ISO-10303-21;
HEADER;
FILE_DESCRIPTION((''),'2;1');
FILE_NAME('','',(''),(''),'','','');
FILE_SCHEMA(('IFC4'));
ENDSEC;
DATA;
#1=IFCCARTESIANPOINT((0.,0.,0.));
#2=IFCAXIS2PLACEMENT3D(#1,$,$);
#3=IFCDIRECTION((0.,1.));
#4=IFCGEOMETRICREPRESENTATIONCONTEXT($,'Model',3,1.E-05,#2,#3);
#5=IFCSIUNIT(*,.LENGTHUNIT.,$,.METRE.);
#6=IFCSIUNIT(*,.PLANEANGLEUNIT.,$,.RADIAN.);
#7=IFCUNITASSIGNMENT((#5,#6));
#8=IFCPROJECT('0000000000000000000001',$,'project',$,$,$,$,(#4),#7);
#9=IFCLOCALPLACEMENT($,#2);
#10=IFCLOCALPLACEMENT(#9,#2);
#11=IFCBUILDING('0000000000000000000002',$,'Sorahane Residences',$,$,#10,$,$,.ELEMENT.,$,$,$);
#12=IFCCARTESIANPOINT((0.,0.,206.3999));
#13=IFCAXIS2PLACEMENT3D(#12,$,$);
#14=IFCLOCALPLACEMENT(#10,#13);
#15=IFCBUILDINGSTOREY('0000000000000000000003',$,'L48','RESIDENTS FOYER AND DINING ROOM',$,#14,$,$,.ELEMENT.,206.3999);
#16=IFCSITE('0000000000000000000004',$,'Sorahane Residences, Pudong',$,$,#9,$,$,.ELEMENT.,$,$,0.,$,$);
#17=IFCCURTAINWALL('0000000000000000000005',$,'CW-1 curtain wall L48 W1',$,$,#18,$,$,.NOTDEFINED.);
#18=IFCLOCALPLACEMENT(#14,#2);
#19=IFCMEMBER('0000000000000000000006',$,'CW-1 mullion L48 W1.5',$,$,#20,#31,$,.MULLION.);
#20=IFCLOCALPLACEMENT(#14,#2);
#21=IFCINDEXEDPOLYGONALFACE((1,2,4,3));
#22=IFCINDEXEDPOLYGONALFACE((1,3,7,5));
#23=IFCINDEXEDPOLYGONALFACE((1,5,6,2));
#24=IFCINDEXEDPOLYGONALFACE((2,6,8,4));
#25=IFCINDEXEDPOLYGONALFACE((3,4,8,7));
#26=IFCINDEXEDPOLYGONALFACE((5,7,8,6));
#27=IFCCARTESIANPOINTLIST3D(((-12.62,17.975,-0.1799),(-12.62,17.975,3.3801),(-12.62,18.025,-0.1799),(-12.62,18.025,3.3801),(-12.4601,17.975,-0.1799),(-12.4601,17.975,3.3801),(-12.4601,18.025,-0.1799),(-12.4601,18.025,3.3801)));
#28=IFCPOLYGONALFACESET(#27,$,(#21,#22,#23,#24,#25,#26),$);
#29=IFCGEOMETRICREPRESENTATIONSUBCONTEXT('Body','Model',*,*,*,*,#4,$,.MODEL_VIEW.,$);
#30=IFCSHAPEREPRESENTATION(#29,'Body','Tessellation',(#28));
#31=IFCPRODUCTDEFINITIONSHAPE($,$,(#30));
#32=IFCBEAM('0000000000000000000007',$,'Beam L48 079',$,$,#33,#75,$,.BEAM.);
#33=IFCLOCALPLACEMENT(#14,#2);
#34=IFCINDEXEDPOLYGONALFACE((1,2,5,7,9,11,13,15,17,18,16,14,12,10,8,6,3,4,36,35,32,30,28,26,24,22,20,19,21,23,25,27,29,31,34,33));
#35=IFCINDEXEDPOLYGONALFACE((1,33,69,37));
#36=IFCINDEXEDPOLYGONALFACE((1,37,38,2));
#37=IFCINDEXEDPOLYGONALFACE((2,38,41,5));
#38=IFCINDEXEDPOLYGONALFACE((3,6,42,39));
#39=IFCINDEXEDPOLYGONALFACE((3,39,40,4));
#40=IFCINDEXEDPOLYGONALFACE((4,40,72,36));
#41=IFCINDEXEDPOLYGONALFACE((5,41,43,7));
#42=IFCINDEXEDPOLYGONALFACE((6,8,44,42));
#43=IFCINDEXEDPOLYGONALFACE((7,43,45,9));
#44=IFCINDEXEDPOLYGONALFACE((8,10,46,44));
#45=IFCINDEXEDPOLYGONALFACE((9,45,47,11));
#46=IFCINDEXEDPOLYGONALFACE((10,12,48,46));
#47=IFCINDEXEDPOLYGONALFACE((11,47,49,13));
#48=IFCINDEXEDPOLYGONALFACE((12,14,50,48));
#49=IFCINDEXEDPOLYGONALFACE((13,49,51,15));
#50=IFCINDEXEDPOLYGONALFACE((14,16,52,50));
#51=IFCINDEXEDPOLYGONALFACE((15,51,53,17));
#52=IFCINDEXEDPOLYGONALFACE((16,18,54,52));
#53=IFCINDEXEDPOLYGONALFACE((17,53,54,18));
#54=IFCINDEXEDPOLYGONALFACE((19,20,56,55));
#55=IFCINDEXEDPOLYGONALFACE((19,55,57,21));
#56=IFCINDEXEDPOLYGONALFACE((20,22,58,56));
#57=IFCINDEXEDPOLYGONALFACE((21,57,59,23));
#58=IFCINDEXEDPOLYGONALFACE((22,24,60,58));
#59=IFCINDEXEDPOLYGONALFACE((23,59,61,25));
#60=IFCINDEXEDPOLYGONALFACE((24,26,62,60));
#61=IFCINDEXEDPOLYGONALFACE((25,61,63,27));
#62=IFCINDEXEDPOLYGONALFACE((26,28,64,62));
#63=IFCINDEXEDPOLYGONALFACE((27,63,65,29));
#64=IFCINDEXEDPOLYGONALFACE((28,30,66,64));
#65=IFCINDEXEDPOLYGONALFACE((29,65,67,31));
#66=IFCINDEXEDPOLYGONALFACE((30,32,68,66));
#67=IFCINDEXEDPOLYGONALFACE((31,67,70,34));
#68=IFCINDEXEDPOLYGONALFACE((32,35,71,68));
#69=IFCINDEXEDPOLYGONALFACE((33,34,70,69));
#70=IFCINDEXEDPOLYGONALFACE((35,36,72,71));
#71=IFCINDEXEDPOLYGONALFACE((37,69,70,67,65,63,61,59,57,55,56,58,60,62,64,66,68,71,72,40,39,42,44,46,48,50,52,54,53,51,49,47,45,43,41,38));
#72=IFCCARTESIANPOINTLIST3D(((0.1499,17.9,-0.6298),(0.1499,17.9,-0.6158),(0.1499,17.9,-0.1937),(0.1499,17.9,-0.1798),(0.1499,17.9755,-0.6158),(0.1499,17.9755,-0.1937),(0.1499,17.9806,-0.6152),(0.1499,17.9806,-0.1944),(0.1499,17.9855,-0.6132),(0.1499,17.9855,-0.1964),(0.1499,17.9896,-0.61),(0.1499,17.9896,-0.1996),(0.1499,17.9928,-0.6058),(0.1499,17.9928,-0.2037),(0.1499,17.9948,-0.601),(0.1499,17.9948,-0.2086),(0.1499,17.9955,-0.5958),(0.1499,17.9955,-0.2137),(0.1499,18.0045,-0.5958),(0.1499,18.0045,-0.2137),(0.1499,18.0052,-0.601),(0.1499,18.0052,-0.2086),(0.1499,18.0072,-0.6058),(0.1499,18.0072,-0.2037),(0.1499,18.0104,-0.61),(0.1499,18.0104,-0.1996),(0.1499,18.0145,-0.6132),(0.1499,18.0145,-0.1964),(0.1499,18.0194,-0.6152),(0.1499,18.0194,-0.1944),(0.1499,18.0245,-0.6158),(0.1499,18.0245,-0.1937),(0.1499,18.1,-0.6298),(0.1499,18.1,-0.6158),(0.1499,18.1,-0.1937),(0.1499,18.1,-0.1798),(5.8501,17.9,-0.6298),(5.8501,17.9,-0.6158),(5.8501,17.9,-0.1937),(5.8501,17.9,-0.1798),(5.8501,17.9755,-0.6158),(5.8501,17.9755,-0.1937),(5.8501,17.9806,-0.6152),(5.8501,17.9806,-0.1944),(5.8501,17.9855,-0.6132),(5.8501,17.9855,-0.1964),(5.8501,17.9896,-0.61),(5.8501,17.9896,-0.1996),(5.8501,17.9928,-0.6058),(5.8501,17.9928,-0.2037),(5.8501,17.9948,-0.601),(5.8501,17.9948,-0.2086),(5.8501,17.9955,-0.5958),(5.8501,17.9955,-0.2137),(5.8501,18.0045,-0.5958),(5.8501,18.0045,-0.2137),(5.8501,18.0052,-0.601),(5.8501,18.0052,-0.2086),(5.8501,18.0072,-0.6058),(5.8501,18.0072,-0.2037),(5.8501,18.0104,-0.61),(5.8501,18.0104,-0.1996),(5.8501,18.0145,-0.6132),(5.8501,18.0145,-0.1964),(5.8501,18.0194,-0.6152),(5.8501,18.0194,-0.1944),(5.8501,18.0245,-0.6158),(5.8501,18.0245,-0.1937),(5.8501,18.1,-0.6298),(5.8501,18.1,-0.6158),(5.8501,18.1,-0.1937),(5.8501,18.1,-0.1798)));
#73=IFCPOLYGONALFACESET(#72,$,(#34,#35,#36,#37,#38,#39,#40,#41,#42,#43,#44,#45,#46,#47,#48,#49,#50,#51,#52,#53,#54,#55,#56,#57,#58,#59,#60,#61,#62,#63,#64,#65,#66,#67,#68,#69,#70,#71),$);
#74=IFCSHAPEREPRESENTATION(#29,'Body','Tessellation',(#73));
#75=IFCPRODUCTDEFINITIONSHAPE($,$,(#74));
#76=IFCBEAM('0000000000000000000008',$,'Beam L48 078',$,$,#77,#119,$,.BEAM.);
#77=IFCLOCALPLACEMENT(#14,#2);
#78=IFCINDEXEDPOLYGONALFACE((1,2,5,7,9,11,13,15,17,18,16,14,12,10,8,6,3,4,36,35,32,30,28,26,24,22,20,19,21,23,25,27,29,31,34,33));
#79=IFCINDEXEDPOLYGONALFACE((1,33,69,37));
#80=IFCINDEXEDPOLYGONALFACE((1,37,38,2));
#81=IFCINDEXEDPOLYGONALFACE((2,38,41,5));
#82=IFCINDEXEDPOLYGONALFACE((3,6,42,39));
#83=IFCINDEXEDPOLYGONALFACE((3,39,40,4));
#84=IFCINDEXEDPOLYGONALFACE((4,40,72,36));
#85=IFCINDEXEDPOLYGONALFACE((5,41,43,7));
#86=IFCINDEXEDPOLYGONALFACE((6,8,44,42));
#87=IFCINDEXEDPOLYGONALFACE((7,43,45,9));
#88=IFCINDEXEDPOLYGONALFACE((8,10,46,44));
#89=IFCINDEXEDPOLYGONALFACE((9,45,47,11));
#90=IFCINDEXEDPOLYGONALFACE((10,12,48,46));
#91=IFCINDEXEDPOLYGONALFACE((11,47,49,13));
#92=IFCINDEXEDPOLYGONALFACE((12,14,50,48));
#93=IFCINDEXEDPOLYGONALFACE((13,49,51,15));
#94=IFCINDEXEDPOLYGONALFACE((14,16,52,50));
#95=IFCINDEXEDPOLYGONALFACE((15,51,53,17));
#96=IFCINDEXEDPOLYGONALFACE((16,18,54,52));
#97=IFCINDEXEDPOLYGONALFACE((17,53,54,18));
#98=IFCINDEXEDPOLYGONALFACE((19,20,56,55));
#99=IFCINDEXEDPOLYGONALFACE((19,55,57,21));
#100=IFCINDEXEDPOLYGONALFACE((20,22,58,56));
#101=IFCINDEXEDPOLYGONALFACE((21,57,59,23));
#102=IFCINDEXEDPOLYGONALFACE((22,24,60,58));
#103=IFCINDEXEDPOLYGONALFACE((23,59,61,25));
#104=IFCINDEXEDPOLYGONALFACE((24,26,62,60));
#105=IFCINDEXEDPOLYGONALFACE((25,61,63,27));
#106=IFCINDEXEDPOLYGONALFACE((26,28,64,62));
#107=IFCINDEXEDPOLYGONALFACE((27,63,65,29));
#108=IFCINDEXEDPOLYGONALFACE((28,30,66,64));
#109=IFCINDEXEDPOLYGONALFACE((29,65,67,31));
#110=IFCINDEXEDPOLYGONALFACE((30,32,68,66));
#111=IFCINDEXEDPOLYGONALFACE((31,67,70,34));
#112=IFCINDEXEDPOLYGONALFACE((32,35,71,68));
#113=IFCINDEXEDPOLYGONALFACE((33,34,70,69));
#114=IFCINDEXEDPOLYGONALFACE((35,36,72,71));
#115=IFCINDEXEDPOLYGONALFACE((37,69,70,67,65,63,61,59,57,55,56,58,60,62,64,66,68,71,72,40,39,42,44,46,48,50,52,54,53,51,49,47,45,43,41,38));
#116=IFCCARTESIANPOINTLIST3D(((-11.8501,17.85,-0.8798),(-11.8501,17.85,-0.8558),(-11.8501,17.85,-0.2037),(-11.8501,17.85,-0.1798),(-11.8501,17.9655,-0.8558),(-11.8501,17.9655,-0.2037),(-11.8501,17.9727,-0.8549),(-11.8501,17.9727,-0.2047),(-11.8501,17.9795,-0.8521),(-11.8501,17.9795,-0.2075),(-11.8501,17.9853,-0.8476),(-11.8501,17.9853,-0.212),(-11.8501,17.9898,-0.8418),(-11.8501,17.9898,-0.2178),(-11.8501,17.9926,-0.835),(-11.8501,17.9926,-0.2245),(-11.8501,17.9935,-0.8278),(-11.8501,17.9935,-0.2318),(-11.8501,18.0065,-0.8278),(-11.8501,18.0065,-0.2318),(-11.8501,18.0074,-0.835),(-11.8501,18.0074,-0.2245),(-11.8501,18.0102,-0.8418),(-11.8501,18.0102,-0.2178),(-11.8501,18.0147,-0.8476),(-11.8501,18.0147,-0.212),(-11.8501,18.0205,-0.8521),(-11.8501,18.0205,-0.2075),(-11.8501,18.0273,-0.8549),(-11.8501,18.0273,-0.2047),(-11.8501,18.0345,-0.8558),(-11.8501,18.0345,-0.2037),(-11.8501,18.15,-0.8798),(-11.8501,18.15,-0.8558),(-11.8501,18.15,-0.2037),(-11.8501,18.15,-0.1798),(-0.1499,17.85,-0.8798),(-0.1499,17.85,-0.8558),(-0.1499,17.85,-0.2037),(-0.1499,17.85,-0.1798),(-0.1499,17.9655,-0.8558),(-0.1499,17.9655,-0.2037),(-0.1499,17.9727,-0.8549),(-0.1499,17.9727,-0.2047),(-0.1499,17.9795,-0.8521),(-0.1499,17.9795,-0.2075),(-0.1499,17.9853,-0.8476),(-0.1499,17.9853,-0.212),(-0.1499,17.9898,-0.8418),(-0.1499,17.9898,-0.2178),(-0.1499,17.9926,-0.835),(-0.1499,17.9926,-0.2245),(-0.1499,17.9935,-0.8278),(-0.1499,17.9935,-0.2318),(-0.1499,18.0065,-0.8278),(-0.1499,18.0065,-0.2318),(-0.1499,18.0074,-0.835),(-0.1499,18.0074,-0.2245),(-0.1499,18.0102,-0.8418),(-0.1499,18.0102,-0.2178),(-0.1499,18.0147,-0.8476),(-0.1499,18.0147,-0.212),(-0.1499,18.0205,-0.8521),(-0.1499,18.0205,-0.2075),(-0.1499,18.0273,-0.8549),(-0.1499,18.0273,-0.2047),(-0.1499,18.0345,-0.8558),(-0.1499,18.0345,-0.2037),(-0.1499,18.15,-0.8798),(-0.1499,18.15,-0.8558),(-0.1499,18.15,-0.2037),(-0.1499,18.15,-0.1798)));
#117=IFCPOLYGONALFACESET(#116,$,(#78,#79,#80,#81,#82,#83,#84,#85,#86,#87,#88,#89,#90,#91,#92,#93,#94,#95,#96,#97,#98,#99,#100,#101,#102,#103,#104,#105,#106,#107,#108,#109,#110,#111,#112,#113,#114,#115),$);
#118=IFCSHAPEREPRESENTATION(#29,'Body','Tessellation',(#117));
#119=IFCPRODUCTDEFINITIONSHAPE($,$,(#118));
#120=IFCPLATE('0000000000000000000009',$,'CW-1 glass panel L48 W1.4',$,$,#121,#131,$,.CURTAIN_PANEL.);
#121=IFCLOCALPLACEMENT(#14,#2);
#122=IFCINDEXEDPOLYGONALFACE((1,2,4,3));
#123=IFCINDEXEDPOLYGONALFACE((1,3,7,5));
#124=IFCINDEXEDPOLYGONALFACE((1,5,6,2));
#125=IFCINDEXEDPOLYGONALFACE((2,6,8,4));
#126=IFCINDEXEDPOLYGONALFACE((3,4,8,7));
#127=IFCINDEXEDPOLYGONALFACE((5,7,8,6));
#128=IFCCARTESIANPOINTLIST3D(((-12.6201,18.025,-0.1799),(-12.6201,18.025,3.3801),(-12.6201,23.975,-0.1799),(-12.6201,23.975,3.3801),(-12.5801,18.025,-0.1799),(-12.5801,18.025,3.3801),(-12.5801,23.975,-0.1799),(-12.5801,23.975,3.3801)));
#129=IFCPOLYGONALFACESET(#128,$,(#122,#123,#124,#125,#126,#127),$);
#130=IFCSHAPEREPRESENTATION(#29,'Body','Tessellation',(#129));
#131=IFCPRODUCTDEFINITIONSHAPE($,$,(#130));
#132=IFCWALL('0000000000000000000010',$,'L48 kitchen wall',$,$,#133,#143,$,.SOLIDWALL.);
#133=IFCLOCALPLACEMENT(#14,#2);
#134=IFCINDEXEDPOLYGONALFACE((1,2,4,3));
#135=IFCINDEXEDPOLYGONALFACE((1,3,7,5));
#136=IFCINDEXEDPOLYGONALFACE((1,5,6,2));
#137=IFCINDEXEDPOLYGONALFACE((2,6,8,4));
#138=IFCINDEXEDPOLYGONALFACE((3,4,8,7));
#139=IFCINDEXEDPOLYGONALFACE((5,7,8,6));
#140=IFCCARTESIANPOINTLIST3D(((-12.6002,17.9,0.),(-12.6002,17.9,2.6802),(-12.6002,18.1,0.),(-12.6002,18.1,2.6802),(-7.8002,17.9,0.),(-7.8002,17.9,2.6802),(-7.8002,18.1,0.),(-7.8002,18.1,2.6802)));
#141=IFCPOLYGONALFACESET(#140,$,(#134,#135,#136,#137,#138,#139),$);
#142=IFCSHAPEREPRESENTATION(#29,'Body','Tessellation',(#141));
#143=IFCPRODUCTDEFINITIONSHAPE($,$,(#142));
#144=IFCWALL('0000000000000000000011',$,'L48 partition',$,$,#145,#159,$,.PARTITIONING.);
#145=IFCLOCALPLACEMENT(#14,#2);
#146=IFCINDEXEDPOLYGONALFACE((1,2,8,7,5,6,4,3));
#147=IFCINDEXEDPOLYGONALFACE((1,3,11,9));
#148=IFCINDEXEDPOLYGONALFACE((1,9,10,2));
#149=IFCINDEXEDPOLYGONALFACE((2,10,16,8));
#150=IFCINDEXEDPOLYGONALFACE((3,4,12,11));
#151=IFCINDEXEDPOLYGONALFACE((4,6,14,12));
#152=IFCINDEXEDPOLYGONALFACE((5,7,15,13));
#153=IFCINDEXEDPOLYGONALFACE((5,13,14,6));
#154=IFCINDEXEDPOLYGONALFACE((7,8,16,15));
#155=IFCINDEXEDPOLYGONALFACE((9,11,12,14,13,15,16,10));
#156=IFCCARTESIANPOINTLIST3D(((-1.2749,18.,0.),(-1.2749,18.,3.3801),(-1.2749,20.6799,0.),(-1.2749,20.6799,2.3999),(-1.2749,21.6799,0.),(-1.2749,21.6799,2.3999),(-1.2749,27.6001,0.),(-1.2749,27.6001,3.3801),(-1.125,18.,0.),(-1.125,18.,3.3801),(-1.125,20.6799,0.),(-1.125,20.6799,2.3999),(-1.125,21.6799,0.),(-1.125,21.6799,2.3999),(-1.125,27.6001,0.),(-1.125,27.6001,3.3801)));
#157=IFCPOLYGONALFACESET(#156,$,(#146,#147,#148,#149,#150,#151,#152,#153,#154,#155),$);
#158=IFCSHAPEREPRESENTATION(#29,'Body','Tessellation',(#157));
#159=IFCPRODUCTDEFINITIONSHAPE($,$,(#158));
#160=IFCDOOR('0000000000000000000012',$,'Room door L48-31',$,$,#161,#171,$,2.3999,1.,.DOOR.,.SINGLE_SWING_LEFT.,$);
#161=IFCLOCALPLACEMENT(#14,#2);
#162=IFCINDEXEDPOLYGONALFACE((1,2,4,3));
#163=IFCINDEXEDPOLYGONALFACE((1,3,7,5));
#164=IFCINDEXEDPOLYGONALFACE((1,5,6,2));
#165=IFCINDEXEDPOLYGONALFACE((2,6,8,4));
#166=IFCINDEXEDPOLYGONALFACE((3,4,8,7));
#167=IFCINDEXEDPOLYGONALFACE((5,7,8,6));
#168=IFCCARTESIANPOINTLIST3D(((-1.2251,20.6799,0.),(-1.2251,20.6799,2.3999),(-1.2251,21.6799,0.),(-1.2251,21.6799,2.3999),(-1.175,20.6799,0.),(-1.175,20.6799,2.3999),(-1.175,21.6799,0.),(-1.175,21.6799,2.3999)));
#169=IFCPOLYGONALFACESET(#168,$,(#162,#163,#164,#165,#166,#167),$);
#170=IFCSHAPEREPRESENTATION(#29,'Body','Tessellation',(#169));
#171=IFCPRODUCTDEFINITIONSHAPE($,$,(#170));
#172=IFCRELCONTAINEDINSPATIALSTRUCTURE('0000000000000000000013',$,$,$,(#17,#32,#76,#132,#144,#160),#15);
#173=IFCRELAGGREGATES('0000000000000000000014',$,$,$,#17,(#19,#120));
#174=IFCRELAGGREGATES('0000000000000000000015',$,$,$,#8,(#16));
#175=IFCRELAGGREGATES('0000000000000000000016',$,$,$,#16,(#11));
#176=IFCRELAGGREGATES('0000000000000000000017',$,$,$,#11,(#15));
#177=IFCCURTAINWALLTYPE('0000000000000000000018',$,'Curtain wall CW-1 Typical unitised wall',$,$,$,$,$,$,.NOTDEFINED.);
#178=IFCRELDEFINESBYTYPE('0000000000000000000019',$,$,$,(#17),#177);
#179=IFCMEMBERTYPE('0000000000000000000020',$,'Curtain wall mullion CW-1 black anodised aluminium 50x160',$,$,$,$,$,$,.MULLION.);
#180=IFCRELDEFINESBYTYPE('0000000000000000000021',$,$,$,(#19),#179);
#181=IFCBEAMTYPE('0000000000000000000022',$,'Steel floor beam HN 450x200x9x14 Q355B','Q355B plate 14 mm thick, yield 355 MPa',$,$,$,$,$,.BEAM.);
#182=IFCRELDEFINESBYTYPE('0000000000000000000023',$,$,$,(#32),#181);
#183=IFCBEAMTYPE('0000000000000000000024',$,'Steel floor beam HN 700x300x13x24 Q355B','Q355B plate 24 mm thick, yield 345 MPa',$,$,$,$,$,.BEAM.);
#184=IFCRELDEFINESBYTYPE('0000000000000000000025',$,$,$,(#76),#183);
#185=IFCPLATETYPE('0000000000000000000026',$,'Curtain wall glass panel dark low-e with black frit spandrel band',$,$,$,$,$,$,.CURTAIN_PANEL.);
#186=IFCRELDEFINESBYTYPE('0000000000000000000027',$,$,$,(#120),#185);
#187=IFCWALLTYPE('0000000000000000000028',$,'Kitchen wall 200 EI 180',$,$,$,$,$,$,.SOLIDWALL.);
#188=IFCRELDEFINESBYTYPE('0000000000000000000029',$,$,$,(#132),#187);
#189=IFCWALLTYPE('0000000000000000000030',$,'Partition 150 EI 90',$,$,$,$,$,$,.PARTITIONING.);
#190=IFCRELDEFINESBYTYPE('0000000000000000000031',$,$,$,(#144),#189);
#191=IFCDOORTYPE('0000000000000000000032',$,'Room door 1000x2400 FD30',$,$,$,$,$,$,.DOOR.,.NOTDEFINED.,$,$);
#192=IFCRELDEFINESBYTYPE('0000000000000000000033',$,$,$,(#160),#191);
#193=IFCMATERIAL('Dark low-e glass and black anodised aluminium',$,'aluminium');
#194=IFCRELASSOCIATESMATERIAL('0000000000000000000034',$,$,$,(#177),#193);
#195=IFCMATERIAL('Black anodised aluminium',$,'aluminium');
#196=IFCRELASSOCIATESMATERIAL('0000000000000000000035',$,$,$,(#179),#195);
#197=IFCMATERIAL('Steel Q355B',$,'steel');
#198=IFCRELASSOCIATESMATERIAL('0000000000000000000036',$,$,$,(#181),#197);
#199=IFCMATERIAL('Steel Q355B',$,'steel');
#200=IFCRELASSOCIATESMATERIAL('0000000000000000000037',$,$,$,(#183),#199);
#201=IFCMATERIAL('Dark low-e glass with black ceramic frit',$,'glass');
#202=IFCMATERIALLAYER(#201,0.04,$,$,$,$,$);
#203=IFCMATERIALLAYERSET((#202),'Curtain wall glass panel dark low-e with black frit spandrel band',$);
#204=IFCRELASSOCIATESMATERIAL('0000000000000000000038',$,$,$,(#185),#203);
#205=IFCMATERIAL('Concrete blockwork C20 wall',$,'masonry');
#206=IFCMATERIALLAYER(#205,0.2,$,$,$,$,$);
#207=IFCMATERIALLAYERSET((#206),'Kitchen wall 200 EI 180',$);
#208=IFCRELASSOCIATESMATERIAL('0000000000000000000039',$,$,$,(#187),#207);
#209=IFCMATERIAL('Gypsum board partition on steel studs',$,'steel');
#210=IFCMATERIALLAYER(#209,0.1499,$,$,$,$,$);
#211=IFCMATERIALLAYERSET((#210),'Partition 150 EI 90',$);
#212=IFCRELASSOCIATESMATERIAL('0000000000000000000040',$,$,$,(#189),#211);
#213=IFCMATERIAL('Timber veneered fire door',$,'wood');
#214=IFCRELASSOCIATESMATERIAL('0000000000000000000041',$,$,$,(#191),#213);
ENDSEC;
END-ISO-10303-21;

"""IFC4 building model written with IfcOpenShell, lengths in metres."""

from ifc_helpers import new_model, si_unit, direction, frame, frame_2d, origin, origin_2d, place, context, subcontext, project, spatial, rectangle, i_section, extrude, material, layer, layer_set, material_profile, profile_set, type_object, element, fill, aggregate, save


model = new_model("IFC4")

# Units and contexts
model_context = context("Model", 3, precision=1e-05, world=origin(), true_north=direction((0.0, 1.0)))
body_context = subcontext(model_context, "Body", "Model", "MODEL_VIEW")
ifc_project = project(units=[si_unit("LENGTHUNIT", "METRE"), si_unit("PLANEANGLEUNIT", "RADIAN")], contexts=[model_context])

# Site, building, storey
site_placement = place(None, origin())
site = spatial("IfcSite", under=ifc_project, at=site_placement, Name="Sorahane Residences, Pudong", CompositionType="ELEMENT", RefElevation=0.0)
building_placement = place(site_placement, origin())
building = spatial("IfcBuilding", under=site, at=building_placement, Name="Sorahane Residences", CompositionType="ELEMENT")
storey_placement = place(building_placement, frame((0.0, 0.0, 206.3999)))
storey = spatial("IfcBuildingStorey", under=building, at=storey_placement, Name="L48", Description="RESIDENTS FOYER AND DINING ROOM", CompositionType="ELEMENT", Elevation=206.3999)

# Curtain wall, member
ifc_material_1 = material(Name="Dark low-e glass and black anodised aluminium", Category="aluminium")
curtain_wall_type = type_object("IfcCurtainWallType", Name="Curtain wall CW-1 Typical unitised wall", PredefinedType="NOTDEFINED", material=ifc_material_1)
curtain_wall_placement = place(storey_placement, origin())
curtain_wall = element("IfcCurtainWall", 1, at=curtain_wall_placement, inside=storey, type_object=curtain_wall_type, Name="CW-1 curtain wall L48 W1", PredefinedType="NOTDEFINED")
ifc_material_2 = material(Name="Black anodised aluminium", Category="aluminium")
ifc_material_profile_1 = material_profile(ifc_material_2, rectangle(XDim=0.1599, YDim=0.05, at=origin_2d()), Name="Curtain wall mullion CW-1 black anodised aluminium 50x160")
ifc_profile_set_1 = profile_set([ifc_material_profile_1], Name="Black anodised aluminium")
member_type = type_object("IfcMemberType", Name="Curtain wall mullion CW-1 black anodised aluminium 50x160", PredefinedType="MULLION", material=ifc_profile_set_1)
member_placement = place(storey_placement, frame((-12.54, 18.0, -0.1799), z_axis=(0.0, 0.0, 1.0), x_axis=(-1.0, 0.0, 0.0)))
member = element("IfcMember", 2, at=member_placement, type_object=member_type, Name="CW-1 mullion L48 W1.5", PredefinedType="MULLION", context=body_context, shape_type="SweptSolid", body=[
    extrude(rectangle(XDim=0.1599, YDim=0.05, at=origin_2d()), origin(), (0.0, 0.0, 1.0), 3.5601),
])

# Beams
ifc_material_3 = material(Name="Steel Q355B", Category="steel")
ifc_material_profile_2 = material_profile(ifc_material_3, i_section(OverallWidth=0.2, OverallDepth=0.45, WebThickness=0.009, FlangeThickness=0.0139, FilletRadius=0.02, at=origin_2d()), Name="HN 450x200x9x14")
ifc_profile_set_2 = profile_set([ifc_material_profile_2], Name="Steel Q355B")
beam_type_1 = type_object("IfcBeamType", Name="Steel floor beam HN 450x200x9x14 Q355B", Description="Q355B plate 14 mm thick, yield 355 MPa", PredefinedType="BEAM", material=ifc_profile_set_2)
beam_1_placement = place(storey_placement, frame((0.1499, 18.0, -0.4048), z_axis=(1.0, 0.0, 0.0), x_axis=(0.0, 1.0, 0.0)))
element("IfcBeam", 3, at=beam_1_placement, inside=storey, type_object=beam_type_1, Name="Beam L48 079", PredefinedType="BEAM", context=body_context, shape_type="SweptSolid", body=[
    extrude(i_section(OverallWidth=0.2, OverallDepth=0.45, WebThickness=0.009, FlangeThickness=0.0139, FilletRadius=0.02, at=origin_2d()), origin(), (0.0, 0.0, 1.0), 5.7002),
])
ifc_material_4 = material(Name="Steel Q355B", Category="steel")
ifc_material_profile_3 = material_profile(ifc_material_4, i_section(OverallWidth=0.3, OverallDepth=0.7, WebThickness=0.0129, FlangeThickness=0.0239, FilletRadius=0.0281, at=origin_2d()), Name="HN 700x300x13x24")
ifc_profile_set_3 = profile_set([ifc_material_profile_3], Name="Steel Q355B")
beam_type_2 = type_object("IfcBeamType", Name="Steel floor beam HN 700x300x13x24 Q355B", Description="Q355B plate 24 mm thick, yield 345 MPa", PredefinedType="BEAM", material=ifc_profile_set_3)
beam_2_placement = place(storey_placement, frame((-11.8501, 18.0, -0.5298), z_axis=(1.0, 0.0, 0.0), x_axis=(0.0, 1.0, 0.0)))
element("IfcBeam", 4, at=beam_2_placement, inside=storey, type_object=beam_type_2, Name="Beam L48 078", PredefinedType="BEAM", context=body_context, shape_type="SweptSolid", body=[
    extrude(i_section(OverallWidth=0.3, OverallDepth=0.7, WebThickness=0.0129, FlangeThickness=0.0239, FilletRadius=0.0281, at=origin_2d()), origin(), (0.0, 0.0, 1.0), 11.7002),
])

# Plate
ifc_material_5 = material(Name="Dark low-e glass with black ceramic frit", Category="glass")
ifc_layer_1 = layer(ifc_material_5, 0.04)
ifc_layer_set_1 = layer_set([ifc_layer_1], Name="Curtain wall glass panel dark low-e with black frit spandrel band")
plate_type = type_object("IfcPlateType", Name="Curtain wall glass panel dark low-e with black frit spandrel band", PredefinedType="CURTAIN_PANEL", material=ifc_layer_set_1)
plate_placement = place(storey_placement, frame((-12.6001, 21.0, -0.1799), z_axis=(0.0, 0.0, 1.0), x_axis=(0.0, -1.0, 0.0)))
plate = element("IfcPlate", 5, at=plate_placement, type_object=plate_type, Name="CW-1 glass panel L48 W1.4", PredefinedType="CURTAIN_PANEL", context=body_context, shape_type="SweptSolid", body=[
    extrude(rectangle(XDim=5.95, YDim=0.04, at=origin_2d()), origin(), (0.0, 0.0, 1.0), 3.5601),
])
aggregate(curtain_wall, [member, plate])

# Wall
ifc_material_6 = material(Name="Concrete blockwork C20 wall", Category="masonry")
ifc_layer_2 = layer(ifc_material_6, 0.2)
ifc_layer_set_2 = layer_set([ifc_layer_2], Name="Kitchen wall 200 EI 180")
wall_type_1 = type_object("IfcWallType", Name="Kitchen wall 200 EI 180", PredefinedType="SOLIDWALL", material=ifc_layer_set_2)
wall_1_placement = place(storey_placement, frame((-12.6001, 18.0, 0.0), z_axis=(0.0, 0.0, 1.0), x_axis=(1.0, 0.0, 0.0)))
element("IfcWall", 6, at=wall_1_placement, inside=storey, type_object=wall_type_1, Name="L48 kitchen wall", PredefinedType="SOLIDWALL", context=body_context, shape_type="SweptSolid", body=[
    extrude(rectangle(XDim=4.8, YDim=0.2, at=frame_2d((2.3999, 0.0))), origin(), (0.0, 0.0, 1.0), 2.6802),
])

# Wall, opening, door
ifc_material_7 = material(Name="Gypsum board partition on steel studs", Category="steel")
ifc_layer_3 = layer(ifc_material_7, 0.1499)
ifc_layer_set_3 = layer_set([ifc_layer_3], Name="Partition 150 EI 90")
wall_type_2 = type_object("IfcWallType", Name="Partition 150 EI 90", PredefinedType="PARTITIONING", material=ifc_layer_set_3)
wall_2_placement = place(storey_placement, frame((-1.2, 18.0, 0.0), z_axis=(0.0, 0.0, 1.0), x_axis=(0.0, 1.0, 0.0)))
wall_2 = element("IfcWall", 7, at=wall_2_placement, inside=storey, type_object=wall_type_2, Name="L48 partition", PredefinedType="PARTITIONING", context=body_context, shape_type="SweptSolid", body=[
    extrude(rectangle(XDim=9.6001, YDim=0.1499, at=frame_2d((4.8, 0.0))), origin(), (0.0, 0.0, 1.0), 3.3801),
])
opening_1_placement = place(wall_2_placement, frame((2.6799, 0.0, 0.0)))
opening_1 = element("IfcOpeningElement", 8, at=opening_1_placement, cuts=wall_2, PredefinedType="OPENING", context=body_context, shape_type="SweptSolid", body=[
    extrude(rectangle(XDim=1.0, YDim=2.3999, at=frame_2d((0.5, 1.2))), frame((0.0, 0.085, 0.0), z_axis=(0.0, -1.0, 0.0), x_axis=(1.0, 0.0, 0.0)), (0.0, 0.0, 1.0), 0.1699),
])
ifc_material_8 = material(Name="Timber veneered fire door", Category="wood")
door_type_1 = type_object("IfcDoorType", Name="Room door 1000x2400 FD30", OperationType="NOTDEFINED", PredefinedType="DOOR", material=ifc_material_8)
door_1_placement = place(opening_1_placement, frame((1.0, 0.0, 0.0), z_axis=(0.0, 0.0, 1.0), x_axis=(-1.0, 0.0, 0.0)))
door_1 = element("IfcDoor", 9, at=door_1_placement, inside=storey, type_object=door_type_1, Name="Room door L48-31", OperationType="SINGLE_SWING_LEFT", OverallHeight=2.3999, OverallWidth=1.0, PredefinedType="DOOR", context=body_context, shape_type="SweptSolid", body=[
    extrude(rectangle(XDim=1.0, YDim=2.3999, at=frame_2d((0.5, 1.2))), frame((0.0, 0.0249, 0.0), z_axis=(0.0, -1.0, 0.0), x_axis=(1.0, 0.0, 0.0)), (0.0, 0.0, 1.0), 0.05),
])
fill(opening_1, door_1)

save(model, "model.ifc")
